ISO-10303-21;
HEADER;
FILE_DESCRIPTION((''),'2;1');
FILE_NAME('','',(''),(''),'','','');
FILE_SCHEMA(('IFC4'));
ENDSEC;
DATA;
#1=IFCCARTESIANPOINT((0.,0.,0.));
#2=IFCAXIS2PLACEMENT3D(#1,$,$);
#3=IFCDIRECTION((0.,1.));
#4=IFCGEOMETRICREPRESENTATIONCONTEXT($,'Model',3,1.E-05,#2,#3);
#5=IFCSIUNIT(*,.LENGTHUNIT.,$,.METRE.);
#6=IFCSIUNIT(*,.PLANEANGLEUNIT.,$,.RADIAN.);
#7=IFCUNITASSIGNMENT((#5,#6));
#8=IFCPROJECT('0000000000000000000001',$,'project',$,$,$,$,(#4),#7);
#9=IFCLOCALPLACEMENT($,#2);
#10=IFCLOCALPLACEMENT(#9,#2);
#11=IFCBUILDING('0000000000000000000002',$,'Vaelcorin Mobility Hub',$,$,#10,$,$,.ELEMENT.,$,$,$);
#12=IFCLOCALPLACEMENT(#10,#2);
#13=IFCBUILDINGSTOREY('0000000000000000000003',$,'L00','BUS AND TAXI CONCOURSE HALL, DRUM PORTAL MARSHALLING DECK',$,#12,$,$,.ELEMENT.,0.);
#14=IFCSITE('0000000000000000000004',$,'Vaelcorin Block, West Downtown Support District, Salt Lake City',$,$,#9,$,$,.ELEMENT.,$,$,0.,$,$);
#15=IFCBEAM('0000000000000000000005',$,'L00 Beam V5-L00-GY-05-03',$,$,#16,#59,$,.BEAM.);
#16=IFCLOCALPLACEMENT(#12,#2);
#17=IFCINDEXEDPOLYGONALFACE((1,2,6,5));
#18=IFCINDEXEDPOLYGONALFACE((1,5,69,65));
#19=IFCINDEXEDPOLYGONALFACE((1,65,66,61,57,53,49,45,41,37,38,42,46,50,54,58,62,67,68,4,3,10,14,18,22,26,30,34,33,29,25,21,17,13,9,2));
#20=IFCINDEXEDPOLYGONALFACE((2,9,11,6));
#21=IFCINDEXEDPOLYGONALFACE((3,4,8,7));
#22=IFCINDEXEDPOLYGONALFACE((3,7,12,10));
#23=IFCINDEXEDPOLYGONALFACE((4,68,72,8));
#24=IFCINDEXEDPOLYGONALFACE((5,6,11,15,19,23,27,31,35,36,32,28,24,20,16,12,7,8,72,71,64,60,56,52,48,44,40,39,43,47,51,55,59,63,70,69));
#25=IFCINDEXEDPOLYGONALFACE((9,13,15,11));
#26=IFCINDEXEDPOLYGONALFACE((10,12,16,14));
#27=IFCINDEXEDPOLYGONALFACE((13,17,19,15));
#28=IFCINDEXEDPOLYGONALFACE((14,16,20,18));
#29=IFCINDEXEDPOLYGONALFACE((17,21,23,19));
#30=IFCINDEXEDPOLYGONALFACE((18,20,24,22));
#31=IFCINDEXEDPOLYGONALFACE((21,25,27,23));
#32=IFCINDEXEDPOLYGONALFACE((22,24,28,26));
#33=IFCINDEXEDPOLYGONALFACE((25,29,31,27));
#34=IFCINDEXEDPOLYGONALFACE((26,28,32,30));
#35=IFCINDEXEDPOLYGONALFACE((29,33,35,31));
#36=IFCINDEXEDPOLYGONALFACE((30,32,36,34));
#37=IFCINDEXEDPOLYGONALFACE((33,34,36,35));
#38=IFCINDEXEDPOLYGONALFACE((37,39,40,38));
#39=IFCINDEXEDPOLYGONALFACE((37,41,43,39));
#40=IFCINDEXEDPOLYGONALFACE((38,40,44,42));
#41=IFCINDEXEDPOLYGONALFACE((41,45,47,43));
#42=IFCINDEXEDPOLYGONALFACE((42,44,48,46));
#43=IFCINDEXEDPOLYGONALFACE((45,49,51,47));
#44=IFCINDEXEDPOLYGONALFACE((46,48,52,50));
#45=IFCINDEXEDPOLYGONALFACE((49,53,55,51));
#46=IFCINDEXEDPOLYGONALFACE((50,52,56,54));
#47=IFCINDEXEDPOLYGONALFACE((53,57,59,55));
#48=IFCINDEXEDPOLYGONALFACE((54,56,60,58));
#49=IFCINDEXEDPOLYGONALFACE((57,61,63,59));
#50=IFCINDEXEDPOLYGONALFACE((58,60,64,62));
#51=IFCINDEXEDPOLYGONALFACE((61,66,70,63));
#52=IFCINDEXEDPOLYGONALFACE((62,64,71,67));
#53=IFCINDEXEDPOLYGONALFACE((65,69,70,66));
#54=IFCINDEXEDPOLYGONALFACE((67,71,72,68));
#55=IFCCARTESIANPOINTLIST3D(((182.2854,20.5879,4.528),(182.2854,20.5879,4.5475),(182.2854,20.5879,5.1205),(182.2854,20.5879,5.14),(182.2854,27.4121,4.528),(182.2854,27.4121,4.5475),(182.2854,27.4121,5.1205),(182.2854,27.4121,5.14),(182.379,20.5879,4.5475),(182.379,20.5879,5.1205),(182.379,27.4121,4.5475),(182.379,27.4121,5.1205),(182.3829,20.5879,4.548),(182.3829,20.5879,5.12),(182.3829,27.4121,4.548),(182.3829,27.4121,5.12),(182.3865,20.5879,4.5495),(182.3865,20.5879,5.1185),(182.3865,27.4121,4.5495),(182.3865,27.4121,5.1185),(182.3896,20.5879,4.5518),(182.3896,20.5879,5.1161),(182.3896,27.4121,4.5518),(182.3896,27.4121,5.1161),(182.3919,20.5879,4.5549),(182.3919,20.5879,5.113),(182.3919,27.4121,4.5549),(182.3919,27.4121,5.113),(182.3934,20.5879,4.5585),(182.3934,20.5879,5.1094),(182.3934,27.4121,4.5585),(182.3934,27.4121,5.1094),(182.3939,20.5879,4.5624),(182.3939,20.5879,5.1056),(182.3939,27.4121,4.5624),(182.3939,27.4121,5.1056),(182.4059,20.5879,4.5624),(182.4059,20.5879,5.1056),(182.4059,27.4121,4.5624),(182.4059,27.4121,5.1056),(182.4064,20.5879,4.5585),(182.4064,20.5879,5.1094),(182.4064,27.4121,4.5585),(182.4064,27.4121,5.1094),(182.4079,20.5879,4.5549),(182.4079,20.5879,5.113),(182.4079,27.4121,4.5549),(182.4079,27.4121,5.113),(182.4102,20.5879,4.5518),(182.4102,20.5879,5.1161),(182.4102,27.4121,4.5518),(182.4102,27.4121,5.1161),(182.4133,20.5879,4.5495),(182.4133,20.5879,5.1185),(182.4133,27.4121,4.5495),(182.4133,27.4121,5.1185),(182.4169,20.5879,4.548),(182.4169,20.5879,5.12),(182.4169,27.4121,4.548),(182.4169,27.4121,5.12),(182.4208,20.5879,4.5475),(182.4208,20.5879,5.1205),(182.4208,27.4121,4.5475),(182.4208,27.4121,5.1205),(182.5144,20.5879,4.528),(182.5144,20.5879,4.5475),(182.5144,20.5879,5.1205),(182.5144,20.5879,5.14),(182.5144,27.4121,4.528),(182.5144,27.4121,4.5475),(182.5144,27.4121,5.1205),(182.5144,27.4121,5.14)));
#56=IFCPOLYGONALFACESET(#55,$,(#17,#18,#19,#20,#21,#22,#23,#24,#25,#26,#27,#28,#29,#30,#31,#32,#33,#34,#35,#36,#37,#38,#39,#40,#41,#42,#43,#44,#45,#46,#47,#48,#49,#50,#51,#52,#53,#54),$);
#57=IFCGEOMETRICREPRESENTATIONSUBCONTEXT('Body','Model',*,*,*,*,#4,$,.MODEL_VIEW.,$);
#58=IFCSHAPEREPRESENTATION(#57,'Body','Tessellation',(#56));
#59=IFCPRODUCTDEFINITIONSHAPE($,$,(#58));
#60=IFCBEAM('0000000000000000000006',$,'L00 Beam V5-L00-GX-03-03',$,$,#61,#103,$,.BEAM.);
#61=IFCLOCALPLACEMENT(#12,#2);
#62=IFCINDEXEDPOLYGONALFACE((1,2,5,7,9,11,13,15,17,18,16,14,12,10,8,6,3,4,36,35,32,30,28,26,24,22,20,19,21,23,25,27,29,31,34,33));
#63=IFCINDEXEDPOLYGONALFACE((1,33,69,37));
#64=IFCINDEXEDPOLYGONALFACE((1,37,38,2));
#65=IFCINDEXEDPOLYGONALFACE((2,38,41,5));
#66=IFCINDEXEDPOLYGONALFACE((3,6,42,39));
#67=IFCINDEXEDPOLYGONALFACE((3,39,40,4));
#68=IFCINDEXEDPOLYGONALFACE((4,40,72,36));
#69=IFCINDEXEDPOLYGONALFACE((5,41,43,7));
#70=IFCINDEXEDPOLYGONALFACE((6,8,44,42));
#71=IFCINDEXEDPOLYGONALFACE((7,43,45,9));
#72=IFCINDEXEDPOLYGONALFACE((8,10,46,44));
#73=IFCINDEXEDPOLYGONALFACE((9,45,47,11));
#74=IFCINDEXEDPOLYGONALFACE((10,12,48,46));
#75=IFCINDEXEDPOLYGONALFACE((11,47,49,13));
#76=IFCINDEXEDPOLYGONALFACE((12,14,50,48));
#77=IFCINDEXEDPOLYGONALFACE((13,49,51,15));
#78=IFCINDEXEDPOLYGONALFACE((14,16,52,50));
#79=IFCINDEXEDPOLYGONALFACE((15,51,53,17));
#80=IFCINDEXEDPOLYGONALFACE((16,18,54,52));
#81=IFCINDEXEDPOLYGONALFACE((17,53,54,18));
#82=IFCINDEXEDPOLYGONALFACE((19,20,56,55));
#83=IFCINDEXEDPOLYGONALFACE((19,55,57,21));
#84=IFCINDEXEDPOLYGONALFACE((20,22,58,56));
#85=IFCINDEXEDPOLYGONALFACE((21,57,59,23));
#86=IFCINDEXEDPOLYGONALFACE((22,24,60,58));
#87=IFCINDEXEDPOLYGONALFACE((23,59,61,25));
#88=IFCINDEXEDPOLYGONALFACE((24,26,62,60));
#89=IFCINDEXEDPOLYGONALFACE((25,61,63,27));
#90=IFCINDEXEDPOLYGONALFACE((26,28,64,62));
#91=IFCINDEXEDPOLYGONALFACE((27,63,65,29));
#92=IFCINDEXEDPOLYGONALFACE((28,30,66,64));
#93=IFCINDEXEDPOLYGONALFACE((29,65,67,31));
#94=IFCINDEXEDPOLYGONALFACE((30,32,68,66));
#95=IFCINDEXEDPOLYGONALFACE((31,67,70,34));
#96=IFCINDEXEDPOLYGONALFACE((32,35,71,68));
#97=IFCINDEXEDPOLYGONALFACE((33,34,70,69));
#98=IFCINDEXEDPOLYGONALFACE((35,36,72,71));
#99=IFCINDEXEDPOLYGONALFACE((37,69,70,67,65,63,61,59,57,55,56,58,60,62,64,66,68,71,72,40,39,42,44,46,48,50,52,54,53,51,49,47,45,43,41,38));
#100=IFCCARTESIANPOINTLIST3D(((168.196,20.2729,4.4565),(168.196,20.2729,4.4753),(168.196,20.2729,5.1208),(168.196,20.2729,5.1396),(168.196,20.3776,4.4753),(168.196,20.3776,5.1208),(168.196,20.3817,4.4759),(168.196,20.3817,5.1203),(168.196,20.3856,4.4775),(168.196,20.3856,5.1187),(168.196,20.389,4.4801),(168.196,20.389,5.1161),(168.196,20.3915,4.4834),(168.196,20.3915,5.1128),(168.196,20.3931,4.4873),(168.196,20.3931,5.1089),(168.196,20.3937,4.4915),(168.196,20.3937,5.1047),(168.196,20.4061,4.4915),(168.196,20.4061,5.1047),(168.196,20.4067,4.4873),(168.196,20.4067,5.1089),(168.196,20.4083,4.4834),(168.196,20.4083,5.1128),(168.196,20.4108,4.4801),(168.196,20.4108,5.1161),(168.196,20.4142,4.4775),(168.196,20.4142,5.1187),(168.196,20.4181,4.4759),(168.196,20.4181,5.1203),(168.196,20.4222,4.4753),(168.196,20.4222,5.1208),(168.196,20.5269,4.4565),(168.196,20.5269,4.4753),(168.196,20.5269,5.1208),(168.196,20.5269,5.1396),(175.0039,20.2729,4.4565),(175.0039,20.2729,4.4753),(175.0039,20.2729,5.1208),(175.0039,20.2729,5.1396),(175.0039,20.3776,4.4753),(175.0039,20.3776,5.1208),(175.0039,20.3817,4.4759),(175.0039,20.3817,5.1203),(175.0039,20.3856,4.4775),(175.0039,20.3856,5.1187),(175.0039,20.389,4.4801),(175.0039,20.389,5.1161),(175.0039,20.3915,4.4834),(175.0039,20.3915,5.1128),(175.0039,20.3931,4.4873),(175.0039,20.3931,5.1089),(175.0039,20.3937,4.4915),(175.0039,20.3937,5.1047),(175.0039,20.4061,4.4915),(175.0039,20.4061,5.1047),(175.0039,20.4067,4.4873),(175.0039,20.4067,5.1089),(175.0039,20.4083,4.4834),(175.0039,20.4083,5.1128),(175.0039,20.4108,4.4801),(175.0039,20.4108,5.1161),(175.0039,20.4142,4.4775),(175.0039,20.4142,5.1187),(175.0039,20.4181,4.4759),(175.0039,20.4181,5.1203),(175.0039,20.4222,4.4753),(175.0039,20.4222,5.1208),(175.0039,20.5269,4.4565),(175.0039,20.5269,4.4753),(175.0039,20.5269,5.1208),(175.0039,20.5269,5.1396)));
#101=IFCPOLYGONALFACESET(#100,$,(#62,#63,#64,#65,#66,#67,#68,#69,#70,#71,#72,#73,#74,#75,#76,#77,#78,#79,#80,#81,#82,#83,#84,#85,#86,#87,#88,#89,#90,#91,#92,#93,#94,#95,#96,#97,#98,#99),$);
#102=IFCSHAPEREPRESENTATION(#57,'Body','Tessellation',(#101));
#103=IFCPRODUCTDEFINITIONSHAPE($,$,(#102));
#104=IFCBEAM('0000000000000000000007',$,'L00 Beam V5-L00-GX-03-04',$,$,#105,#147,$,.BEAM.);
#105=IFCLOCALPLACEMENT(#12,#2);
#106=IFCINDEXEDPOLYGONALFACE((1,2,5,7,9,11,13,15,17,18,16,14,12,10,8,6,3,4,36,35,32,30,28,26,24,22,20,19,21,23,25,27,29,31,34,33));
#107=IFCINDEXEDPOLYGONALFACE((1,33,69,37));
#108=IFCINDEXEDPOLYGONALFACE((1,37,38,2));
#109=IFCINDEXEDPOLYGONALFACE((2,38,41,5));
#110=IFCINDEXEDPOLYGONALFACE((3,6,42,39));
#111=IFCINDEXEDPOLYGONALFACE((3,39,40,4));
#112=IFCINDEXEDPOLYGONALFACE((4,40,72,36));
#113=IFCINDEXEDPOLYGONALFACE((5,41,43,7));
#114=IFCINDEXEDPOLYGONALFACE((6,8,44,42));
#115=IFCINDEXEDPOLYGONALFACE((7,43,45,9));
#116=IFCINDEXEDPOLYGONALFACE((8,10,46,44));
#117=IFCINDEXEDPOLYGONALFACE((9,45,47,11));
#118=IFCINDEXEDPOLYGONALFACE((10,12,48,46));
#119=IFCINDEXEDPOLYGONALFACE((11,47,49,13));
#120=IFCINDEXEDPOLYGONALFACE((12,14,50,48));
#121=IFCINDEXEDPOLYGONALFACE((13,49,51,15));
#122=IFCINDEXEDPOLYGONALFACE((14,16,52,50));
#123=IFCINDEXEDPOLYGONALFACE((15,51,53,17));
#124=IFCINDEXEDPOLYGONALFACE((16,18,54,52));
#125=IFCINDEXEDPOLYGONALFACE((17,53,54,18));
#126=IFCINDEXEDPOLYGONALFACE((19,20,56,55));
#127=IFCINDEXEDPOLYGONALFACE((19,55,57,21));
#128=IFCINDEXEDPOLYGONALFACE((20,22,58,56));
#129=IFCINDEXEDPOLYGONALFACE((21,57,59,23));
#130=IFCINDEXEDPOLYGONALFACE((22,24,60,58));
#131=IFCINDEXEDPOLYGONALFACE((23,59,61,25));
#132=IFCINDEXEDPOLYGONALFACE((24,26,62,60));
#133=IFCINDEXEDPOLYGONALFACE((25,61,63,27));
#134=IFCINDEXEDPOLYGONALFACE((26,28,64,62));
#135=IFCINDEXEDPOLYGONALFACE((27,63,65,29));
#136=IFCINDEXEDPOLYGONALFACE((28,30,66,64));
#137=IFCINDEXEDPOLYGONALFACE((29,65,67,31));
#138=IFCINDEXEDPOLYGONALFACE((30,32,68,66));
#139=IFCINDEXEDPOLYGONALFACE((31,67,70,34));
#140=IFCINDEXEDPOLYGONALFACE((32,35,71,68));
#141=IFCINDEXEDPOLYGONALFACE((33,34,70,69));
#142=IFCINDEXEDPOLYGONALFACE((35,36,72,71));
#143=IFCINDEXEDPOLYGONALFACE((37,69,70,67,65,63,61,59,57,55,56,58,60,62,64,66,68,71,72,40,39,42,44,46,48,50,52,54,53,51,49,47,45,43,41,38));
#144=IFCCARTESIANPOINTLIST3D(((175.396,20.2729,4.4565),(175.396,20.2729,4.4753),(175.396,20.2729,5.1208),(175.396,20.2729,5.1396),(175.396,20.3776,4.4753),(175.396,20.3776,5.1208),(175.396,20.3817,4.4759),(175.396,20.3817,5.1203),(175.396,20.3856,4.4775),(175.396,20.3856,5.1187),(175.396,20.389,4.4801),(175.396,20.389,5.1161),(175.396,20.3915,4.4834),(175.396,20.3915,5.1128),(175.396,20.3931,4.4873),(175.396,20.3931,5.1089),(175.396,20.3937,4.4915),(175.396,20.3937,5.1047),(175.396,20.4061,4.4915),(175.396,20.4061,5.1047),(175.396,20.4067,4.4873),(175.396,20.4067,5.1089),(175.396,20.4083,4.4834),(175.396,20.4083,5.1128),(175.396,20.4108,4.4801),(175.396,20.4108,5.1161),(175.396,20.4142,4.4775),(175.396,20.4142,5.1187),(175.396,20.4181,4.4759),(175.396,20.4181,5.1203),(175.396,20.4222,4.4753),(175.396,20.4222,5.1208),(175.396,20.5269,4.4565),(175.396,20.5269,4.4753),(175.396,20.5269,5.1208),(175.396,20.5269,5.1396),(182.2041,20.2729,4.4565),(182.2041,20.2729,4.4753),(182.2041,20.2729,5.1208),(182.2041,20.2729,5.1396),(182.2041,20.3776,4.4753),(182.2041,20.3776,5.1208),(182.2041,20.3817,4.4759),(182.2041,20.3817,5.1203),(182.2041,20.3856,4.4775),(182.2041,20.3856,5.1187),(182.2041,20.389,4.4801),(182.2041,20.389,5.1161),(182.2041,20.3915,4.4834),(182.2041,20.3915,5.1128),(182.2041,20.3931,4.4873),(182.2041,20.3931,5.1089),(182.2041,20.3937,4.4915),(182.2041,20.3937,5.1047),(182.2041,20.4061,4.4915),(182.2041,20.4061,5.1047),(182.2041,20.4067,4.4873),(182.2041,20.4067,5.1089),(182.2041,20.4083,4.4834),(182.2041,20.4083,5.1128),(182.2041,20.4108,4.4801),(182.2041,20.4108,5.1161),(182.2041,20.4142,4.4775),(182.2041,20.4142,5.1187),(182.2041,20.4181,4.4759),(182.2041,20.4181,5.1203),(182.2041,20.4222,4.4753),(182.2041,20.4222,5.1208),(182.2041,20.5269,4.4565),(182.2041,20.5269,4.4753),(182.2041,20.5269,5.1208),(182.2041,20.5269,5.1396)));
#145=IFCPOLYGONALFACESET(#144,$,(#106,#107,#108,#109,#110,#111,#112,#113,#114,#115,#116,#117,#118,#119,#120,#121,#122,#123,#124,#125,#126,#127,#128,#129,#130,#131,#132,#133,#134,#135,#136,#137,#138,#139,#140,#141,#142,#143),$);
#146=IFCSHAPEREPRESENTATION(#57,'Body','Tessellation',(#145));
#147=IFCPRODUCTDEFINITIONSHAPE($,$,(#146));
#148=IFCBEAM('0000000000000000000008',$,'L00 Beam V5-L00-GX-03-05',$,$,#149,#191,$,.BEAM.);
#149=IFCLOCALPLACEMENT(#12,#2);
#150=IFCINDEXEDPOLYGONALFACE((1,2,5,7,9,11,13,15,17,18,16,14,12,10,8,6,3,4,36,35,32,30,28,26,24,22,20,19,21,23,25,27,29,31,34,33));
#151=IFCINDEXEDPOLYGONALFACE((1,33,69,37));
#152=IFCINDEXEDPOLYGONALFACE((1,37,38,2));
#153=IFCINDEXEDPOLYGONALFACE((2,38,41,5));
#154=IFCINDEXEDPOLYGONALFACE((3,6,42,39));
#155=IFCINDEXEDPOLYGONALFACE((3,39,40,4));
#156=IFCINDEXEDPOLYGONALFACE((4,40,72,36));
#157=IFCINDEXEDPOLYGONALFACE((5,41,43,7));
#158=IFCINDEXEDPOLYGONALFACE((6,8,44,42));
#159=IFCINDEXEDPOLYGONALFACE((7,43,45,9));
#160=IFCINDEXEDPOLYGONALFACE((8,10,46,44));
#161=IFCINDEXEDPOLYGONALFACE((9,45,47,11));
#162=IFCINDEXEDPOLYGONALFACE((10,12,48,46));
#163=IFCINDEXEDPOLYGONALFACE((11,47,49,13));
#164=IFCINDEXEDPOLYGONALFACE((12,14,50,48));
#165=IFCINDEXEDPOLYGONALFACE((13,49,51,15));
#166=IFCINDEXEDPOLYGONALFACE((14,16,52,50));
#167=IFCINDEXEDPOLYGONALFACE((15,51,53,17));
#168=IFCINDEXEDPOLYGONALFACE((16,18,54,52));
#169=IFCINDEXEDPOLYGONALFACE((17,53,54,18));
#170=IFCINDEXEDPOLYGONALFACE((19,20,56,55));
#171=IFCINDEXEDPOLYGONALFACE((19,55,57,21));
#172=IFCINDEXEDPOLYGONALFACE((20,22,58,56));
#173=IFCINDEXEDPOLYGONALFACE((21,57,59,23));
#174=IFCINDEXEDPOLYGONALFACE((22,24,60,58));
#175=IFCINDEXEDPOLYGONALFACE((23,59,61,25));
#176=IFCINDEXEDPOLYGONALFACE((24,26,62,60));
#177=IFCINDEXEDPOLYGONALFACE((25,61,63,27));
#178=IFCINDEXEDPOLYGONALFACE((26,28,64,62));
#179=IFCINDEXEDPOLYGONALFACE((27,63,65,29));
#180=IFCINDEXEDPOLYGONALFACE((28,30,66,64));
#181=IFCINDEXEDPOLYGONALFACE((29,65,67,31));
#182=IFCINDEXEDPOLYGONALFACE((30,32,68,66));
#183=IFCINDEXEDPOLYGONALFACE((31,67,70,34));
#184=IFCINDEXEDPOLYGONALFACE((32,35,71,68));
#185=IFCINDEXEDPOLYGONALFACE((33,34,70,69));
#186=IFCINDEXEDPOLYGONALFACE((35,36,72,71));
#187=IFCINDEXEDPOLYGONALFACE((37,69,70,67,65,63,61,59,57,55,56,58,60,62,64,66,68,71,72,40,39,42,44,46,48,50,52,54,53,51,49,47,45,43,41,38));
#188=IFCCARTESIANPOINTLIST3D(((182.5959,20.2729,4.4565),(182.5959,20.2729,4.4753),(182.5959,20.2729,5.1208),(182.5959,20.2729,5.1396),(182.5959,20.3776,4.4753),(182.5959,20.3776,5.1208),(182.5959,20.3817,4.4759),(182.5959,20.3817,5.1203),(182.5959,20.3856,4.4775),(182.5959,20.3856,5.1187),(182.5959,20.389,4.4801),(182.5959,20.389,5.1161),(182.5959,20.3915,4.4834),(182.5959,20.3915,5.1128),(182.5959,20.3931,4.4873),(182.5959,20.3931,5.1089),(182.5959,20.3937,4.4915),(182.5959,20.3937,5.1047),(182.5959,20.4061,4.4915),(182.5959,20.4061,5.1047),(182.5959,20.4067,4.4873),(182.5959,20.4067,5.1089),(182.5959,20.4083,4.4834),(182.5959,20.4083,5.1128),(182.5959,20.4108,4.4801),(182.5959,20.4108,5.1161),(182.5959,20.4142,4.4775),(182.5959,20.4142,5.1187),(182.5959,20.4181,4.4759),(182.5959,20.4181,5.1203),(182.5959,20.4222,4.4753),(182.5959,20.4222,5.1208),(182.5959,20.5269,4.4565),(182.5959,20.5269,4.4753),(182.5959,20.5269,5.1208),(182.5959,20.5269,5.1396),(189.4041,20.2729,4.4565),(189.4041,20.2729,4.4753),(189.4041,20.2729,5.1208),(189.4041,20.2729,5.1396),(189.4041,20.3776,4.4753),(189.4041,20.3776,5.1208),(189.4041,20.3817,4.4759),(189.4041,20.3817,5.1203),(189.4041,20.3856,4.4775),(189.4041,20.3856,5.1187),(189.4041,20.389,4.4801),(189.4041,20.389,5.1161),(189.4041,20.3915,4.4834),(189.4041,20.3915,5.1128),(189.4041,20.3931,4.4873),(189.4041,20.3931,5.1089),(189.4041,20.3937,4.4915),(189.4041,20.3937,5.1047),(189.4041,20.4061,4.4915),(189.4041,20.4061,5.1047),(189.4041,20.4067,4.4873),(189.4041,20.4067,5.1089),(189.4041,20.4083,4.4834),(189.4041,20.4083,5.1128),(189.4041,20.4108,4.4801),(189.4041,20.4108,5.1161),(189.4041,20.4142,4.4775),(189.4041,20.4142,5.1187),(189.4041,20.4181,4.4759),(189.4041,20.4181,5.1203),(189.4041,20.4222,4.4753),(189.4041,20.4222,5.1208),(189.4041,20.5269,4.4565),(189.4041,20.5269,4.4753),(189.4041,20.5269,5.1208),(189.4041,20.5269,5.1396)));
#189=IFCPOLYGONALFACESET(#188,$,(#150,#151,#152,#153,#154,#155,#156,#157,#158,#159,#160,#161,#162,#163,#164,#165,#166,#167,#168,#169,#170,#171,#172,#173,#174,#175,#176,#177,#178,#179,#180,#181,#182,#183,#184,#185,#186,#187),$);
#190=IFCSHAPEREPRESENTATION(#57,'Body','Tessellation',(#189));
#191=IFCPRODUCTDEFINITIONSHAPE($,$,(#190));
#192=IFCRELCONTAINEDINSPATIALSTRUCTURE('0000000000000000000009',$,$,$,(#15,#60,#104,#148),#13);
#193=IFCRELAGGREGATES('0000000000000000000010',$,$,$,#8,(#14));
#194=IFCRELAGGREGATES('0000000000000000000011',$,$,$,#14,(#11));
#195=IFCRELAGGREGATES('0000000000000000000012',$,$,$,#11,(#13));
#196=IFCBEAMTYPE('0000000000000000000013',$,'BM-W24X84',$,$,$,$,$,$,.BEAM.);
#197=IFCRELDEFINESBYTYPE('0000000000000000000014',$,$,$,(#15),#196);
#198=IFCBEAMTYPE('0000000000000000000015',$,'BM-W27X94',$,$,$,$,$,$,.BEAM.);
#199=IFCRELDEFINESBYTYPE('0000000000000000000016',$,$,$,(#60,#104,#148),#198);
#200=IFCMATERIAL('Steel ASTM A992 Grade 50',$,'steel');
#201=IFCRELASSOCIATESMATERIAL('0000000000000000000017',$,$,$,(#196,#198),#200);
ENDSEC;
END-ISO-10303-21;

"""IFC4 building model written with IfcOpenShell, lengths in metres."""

from ifc_helpers import new_model, si_unit, direction, frame, origin, origin_2d, place, context, subcontext, project, spatial, i_section, extrude, material, material_profile, profile_set, type_object, element, save


model = new_model("IFC4")

# Units and contexts
model_context = context("Model", 3, precision=1e-05, world=origin(), true_north=direction((0.0, 1.0)))
body_context = subcontext(model_context, "Body", "Model", "MODEL_VIEW")
ifc_project = project(units=[si_unit("LENGTHUNIT", "METRE"), si_unit("PLANEANGLEUNIT", "RADIAN")], contexts=[model_context])

# Site, building, storey
site_placement = place(None, origin())
site = spatial("IfcSite", under=ifc_project, at=site_placement, Name="Vaelcorin Block, West Downtown Support District, Salt Lake City", CompositionType="ELEMENT", RefElevation=0.0)
building_placement = place(site_placement, origin())
building = spatial("IfcBuilding", under=site, at=building_placement, Name="Vaelcorin Mobility Hub", CompositionType="ELEMENT")
storey_placement = place(building_placement, origin())
storey = spatial("IfcBuildingStorey", under=building, at=storey_placement, Name="L00", Description="BUS AND TAXI CONCOURSE HALL, DRUM PORTAL MARSHALLING DECK", CompositionType="ELEMENT", Elevation=0.0)

# Shared definitions
ifc_material_1 = material(Name="Steel ASTM A992 Grade 50", Category="steel")

# Beams
ifc_material_profile_1 = material_profile(ifc_material_1, i_section(OverallWidth=0.229, OverallDepth=0.6121, WebThickness=0.012, FlangeThickness=0.0195, FilletRadius=0.0149, at=origin_2d()), Name="W24X84")
ifc_profile_set_1 = profile_set([ifc_material_profile_1], Name="Steel ASTM A992 Grade 50")
beam_type_1 = type_object("IfcBeamType", Name="BM-W24X84", PredefinedType="BEAM", material=ifc_profile_set_1)
for number, where, z_axis, x_axis, name in (
    (1, (182.3999, 20.5879, 4.834), (0.0, 1.0, 0.0), (-1.0, 0.0, 0.0), "L00 Beam V5-L00-GY-05-03"),
):
    element("IfcBeam", number, at=place(storey_placement, frame(where, z_axis=z_axis, x_axis=x_axis)), inside=storey, type_object=beam_type_1, Name=name, PredefinedType="BEAM", context=body_context, shape_type="SweptSolid", body=[
        extrude(i_section(OverallWidth=0.229, OverallDepth=0.6121, WebThickness=0.012, FlangeThickness=0.0195, FilletRadius=0.0149, at=origin_2d()), origin(), (0.0, 0.0, 1.0), 6.8242),
    ])
ifc_material_profile_2 = material_profile(ifc_material_1, i_section(OverallWidth=0.2539, OverallDepth=0.6831, WebThickness=0.0125, FlangeThickness=0.0188, FilletRadius=0.0161, at=origin_2d()), Name="W27X94")
ifc_profile_set_2 = profile_set([ifc_material_profile_2], Name="Steel ASTM A992 Grade 50")
beam_type_2 = type_object("IfcBeamType", Name="BM-W27X94", PredefinedType="BEAM", material=ifc_profile_set_2)
beam_1_placement = place(storey_placement, frame((168.196, 20.3999, 4.7981), z_axis=(1.0, 0.0, 0.0), x_axis=(0.0, 1.0, 0.0)))
element("IfcBeam", 2, at=beam_1_placement, inside=storey, type_object=beam_type_2, Name="L00 Beam V5-L00-GX-03-03", PredefinedType="BEAM", context=body_context, shape_type="SweptSolid", body=[
    extrude(i_section(OverallWidth=0.2539, OverallDepth=0.6831, WebThickness=0.0125, FlangeThickness=0.0188, FilletRadius=0.0161, at=origin_2d()), origin(), (0.0, 0.0, 1.0), 6.8079),
])
for number, where, z_axis, x_axis, name in (
    (3, (175.396, 20.3999, 4.7981), (1.0, 0.0, 0.0), (0.0, 1.0, 0.0), "L00 Beam V5-L00-GX-03-04"),
    (4, (182.5959, 20.3999, 4.7981), (1.0, 0.0, 0.0), (0.0, 1.0, 0.0), "L00 Beam V5-L00-GX-03-05"),
):
    element("IfcBeam", number, at=place(storey_placement, frame(where, z_axis=z_axis, x_axis=x_axis)), inside=storey, type_object=beam_type_2, Name=name, PredefinedType="BEAM", context=body_context, shape_type="SweptSolid", body=[
        extrude(i_section(OverallWidth=0.2539, OverallDepth=0.6831, WebThickness=0.0125, FlangeThickness=0.0188, FilletRadius=0.0161, at=origin_2d()), origin(), (0.0, 0.0, 1.0), 6.8081),
    ])

save(model, "model.ifc")
